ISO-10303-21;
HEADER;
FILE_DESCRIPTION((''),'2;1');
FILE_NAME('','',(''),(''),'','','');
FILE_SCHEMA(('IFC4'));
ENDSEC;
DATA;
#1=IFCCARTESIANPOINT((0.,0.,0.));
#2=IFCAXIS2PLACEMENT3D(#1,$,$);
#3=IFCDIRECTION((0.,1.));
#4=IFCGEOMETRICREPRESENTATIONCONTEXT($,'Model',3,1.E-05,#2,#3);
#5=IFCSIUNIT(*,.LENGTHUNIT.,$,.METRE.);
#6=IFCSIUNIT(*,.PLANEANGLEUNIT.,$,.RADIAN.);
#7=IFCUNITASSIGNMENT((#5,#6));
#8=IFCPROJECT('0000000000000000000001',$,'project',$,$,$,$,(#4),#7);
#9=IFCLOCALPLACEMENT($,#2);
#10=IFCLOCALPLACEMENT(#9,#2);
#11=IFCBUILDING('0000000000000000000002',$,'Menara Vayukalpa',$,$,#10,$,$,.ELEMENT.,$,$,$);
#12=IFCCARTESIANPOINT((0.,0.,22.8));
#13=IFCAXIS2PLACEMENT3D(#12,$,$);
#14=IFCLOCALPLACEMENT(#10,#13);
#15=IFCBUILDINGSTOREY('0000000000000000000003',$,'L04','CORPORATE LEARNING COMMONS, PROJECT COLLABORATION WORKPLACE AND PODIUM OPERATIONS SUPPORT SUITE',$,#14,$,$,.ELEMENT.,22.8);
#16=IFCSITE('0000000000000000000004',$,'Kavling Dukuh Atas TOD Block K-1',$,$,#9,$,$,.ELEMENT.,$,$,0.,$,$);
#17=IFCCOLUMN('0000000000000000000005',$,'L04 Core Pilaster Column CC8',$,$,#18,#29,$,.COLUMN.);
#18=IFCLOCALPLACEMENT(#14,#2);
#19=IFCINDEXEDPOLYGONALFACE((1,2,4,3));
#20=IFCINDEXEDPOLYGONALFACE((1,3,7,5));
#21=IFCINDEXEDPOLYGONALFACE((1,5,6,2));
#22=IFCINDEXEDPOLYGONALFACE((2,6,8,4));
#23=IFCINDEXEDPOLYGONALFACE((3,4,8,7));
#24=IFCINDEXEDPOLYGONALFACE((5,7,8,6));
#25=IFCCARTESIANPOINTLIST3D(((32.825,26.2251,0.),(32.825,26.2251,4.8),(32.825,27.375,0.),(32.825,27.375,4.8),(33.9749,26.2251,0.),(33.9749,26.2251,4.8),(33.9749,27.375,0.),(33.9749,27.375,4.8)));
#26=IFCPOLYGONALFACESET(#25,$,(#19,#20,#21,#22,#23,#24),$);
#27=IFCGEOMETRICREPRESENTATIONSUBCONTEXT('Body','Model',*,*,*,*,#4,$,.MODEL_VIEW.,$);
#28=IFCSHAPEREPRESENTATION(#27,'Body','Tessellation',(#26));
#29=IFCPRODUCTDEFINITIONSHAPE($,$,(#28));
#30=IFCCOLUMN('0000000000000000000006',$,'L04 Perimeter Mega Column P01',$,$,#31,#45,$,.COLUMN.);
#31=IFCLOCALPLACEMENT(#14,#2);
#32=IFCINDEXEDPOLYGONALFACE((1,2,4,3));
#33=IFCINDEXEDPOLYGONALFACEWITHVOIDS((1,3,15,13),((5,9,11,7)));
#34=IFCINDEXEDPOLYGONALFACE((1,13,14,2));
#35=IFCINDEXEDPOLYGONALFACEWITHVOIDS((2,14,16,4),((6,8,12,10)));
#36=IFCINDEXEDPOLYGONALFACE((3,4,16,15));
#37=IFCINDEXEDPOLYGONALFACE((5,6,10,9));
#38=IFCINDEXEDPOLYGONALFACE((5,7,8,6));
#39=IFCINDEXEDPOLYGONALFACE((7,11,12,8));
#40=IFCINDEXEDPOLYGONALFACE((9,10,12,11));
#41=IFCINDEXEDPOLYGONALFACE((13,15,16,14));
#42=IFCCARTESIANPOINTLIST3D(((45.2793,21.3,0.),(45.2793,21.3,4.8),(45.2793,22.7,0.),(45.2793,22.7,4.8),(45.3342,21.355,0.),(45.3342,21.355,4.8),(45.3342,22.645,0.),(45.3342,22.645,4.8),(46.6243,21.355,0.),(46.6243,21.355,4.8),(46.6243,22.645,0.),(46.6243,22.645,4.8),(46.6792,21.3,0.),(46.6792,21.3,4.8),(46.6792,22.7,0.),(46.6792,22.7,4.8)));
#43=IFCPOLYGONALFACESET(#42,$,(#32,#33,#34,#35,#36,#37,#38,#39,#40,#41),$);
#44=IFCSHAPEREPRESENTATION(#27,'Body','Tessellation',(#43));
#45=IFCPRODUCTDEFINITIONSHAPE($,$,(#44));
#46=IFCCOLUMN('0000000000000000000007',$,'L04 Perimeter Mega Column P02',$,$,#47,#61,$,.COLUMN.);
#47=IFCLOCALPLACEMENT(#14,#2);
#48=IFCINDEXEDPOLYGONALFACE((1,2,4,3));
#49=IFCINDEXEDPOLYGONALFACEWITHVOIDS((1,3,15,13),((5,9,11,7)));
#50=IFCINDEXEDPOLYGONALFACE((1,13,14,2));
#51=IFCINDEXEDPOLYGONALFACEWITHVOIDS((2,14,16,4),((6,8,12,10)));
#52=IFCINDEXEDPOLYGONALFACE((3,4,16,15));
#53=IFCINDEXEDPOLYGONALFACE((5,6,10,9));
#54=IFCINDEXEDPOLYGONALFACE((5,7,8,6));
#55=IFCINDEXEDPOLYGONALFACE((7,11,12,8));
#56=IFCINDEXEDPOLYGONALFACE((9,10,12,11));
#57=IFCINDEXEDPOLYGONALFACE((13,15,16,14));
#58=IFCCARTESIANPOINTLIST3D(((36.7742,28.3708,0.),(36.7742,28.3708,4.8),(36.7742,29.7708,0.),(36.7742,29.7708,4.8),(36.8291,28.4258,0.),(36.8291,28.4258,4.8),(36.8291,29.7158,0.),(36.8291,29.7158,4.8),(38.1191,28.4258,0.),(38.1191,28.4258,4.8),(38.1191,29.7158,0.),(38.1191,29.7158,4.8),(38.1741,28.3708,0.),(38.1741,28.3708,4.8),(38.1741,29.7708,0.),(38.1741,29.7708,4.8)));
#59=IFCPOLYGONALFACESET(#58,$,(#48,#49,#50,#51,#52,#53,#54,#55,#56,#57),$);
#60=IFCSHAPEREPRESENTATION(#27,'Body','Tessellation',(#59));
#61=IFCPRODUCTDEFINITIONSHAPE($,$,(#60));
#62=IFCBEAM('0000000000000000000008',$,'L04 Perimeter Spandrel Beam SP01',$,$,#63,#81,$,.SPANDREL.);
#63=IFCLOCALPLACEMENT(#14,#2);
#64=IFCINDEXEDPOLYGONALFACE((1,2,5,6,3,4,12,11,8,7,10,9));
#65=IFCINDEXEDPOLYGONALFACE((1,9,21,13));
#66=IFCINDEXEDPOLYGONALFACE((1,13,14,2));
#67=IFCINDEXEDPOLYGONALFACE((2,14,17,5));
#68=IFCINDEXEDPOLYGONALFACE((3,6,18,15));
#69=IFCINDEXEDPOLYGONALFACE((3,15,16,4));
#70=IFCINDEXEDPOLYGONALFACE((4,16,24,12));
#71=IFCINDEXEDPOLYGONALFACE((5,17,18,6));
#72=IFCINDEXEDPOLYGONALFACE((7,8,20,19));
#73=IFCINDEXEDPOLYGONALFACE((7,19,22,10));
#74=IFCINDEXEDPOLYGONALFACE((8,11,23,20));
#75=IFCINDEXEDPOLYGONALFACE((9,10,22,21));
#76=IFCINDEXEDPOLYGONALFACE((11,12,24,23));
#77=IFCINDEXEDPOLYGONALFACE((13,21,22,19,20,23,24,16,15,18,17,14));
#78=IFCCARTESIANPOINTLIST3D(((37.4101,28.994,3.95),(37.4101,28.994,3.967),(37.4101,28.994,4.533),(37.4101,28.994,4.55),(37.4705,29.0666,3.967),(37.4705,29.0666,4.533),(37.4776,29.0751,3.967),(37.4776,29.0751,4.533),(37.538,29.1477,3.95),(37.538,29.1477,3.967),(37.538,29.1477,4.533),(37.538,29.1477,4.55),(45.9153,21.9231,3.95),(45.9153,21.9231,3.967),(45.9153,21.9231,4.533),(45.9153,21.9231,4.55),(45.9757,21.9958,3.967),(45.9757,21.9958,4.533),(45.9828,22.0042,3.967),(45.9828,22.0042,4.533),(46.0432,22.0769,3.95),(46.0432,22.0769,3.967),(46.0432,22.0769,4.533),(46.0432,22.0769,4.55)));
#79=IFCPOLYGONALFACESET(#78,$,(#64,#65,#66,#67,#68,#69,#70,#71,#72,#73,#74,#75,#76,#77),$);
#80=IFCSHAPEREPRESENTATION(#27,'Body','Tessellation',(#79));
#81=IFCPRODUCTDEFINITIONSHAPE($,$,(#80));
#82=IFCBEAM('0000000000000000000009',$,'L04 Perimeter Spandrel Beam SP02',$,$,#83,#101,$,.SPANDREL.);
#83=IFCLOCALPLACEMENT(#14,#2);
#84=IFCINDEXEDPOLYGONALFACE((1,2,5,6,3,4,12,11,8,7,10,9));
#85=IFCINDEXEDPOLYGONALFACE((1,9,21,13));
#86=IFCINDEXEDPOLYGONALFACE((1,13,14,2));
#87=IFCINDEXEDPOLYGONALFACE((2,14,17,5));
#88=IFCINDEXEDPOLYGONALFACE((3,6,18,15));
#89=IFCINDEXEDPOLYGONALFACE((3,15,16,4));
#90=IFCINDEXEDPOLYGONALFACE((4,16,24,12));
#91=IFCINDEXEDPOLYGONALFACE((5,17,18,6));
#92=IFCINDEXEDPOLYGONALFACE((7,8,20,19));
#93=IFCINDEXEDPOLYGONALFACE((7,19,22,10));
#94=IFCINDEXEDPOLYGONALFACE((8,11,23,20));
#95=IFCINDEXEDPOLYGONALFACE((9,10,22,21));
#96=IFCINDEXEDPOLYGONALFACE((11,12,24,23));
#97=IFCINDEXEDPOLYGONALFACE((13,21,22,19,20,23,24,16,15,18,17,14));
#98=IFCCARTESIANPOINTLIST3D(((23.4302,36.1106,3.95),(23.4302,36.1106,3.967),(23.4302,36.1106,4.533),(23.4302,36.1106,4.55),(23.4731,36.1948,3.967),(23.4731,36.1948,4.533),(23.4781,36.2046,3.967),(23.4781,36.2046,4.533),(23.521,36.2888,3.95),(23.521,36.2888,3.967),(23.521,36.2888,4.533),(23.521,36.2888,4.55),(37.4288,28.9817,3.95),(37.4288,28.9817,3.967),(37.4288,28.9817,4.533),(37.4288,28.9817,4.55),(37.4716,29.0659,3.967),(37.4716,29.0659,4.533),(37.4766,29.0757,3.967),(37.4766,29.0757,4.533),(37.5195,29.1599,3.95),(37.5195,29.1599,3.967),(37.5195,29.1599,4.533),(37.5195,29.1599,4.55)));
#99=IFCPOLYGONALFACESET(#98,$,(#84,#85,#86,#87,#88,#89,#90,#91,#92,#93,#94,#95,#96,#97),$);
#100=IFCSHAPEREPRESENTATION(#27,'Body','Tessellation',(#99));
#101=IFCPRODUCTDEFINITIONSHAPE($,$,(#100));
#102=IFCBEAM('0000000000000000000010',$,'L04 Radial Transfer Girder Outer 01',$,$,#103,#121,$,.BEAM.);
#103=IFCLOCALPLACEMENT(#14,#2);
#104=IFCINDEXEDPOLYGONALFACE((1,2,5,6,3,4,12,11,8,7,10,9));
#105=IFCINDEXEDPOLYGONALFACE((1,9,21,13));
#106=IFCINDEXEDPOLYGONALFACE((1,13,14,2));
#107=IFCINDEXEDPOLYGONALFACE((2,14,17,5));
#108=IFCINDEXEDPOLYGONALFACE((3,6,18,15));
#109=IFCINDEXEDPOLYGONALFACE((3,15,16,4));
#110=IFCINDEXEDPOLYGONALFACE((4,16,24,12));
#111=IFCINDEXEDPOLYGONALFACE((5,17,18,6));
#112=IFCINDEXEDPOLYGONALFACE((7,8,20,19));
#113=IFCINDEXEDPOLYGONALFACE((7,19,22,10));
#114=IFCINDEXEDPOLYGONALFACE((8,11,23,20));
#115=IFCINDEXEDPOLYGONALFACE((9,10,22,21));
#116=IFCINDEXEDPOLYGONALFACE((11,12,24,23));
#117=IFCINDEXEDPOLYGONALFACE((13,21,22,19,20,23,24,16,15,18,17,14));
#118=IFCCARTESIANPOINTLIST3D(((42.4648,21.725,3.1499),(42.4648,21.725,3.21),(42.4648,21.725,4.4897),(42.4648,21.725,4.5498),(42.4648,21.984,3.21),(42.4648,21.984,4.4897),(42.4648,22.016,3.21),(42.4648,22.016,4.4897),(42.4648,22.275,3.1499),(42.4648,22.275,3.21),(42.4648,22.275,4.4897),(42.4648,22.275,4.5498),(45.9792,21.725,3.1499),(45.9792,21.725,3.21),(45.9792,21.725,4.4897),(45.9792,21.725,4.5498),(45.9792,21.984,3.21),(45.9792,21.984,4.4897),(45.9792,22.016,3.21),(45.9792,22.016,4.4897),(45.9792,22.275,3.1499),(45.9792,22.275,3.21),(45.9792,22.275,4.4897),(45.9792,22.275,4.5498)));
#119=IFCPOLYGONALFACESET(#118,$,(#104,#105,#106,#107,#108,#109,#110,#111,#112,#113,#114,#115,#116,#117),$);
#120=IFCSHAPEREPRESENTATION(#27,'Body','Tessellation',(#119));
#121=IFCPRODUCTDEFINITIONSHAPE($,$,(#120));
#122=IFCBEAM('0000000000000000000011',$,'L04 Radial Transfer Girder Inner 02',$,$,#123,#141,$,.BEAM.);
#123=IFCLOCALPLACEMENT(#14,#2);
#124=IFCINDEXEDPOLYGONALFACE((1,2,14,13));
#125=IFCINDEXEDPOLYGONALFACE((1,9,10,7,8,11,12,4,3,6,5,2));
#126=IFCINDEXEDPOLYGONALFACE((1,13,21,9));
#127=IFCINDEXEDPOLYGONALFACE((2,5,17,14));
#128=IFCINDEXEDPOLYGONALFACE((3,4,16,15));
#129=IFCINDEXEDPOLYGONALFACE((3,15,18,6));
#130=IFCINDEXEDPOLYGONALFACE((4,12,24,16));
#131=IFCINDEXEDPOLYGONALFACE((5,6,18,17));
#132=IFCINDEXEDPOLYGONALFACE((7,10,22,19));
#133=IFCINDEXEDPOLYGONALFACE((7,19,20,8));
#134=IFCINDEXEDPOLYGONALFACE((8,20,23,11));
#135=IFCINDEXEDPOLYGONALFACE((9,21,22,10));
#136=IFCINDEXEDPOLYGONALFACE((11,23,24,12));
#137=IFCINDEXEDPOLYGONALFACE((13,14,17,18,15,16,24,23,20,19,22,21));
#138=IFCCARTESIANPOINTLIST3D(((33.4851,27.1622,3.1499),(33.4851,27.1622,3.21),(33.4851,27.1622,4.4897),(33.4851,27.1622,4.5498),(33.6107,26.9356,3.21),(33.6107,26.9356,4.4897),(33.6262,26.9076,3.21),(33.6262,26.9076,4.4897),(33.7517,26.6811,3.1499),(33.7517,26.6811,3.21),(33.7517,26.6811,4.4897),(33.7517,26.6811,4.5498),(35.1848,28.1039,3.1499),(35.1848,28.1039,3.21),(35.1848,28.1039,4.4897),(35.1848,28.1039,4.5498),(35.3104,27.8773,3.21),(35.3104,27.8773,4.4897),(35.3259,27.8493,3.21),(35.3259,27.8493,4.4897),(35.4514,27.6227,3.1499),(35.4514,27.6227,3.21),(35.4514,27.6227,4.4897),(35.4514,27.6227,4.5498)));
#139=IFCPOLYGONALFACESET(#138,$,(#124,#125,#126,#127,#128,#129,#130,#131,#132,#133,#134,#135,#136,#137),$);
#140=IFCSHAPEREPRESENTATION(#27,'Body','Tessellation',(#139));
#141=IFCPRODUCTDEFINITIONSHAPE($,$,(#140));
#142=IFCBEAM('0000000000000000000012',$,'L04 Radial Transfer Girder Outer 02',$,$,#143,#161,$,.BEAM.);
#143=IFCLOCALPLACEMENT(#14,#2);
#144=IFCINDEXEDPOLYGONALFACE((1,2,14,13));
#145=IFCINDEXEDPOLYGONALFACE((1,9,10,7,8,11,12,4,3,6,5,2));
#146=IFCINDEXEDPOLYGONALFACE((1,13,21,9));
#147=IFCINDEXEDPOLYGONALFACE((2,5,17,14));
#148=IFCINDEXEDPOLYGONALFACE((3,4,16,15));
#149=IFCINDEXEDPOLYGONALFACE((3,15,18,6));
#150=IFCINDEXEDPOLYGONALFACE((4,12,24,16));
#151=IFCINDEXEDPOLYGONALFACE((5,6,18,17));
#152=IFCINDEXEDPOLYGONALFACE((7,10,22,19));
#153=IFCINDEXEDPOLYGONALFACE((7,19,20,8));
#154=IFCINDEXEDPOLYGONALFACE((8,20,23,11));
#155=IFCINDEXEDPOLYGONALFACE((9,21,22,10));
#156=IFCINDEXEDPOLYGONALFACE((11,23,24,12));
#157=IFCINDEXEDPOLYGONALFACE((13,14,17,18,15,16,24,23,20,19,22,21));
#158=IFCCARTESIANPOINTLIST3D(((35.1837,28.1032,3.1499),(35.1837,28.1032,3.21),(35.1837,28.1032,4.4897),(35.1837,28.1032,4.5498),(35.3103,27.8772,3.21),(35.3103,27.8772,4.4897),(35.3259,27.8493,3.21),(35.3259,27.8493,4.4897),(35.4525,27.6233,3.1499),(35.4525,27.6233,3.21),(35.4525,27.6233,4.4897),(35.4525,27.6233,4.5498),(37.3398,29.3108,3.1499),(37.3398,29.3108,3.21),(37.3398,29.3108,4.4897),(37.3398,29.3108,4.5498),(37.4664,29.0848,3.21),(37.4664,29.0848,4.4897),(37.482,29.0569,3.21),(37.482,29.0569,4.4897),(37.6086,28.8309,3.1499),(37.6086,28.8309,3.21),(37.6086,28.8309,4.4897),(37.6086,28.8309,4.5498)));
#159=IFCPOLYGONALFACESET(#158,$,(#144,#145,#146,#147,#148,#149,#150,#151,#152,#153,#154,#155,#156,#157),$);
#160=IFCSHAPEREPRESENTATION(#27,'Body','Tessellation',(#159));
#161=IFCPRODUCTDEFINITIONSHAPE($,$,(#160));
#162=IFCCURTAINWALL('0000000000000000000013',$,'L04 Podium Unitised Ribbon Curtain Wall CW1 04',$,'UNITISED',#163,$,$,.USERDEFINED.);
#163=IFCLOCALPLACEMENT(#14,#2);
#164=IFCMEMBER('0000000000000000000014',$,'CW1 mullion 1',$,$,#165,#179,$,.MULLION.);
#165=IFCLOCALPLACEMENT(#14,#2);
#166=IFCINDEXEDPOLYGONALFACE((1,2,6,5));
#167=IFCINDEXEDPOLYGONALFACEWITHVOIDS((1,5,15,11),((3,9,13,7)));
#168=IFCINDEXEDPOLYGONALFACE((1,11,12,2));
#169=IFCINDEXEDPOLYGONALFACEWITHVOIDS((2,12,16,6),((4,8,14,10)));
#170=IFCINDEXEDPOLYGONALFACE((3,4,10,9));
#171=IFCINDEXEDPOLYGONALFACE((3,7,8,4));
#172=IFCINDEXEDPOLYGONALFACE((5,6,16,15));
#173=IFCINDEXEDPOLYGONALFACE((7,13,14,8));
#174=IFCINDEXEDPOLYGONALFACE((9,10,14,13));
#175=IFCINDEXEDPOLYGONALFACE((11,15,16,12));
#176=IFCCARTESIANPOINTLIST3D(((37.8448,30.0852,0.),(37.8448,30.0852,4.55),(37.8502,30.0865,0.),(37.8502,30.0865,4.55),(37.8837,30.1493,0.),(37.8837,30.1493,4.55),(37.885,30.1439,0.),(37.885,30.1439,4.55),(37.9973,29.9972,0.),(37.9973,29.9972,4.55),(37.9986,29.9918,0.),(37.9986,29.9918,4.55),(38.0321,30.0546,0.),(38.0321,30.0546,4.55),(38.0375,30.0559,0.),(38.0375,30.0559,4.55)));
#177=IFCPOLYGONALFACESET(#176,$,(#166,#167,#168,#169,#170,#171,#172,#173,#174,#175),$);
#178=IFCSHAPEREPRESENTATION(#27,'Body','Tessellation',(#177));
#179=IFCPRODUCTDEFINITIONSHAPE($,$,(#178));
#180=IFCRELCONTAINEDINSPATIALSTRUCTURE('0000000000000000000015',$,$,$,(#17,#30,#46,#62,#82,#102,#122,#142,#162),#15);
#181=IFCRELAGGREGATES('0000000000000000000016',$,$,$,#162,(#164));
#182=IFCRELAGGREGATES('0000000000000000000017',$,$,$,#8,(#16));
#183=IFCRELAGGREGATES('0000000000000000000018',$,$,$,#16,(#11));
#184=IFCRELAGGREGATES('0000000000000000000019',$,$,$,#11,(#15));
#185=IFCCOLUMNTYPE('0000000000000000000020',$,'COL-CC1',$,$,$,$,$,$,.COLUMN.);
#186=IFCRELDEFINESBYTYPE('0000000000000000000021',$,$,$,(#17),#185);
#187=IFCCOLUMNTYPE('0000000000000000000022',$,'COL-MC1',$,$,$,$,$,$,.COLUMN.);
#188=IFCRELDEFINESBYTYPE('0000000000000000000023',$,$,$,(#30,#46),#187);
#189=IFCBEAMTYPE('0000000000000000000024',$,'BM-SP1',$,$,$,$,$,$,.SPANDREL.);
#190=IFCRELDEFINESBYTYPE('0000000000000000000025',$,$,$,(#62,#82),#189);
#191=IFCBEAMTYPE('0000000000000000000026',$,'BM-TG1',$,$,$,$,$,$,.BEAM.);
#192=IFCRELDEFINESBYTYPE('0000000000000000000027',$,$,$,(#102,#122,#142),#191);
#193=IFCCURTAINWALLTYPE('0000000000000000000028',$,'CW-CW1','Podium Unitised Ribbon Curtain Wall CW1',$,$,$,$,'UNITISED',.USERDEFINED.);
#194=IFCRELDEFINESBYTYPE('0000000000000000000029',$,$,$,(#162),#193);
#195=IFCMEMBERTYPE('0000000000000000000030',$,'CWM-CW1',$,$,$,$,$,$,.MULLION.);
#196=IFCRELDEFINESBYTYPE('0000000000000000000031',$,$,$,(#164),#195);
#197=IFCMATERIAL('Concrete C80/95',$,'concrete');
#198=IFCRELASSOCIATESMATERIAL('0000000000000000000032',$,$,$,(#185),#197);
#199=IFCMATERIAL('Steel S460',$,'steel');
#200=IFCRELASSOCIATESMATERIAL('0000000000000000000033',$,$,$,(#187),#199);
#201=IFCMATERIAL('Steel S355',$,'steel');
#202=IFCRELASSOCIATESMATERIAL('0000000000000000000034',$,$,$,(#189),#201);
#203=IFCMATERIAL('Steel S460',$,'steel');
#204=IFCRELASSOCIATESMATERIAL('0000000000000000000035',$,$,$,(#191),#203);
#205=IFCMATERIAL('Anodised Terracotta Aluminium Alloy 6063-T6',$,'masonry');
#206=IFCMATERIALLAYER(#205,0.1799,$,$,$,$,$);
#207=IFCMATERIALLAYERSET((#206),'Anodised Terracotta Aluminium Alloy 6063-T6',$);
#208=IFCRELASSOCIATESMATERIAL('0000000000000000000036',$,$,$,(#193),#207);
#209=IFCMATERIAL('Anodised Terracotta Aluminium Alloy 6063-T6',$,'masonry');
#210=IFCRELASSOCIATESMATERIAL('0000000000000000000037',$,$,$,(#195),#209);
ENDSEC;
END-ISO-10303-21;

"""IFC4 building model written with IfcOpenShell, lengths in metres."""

from ifc_helpers import new_model, si_unit, direction, frame, origin, origin_2d, place, context, subcontext, project, spatial, rectangle, hollow_rectangle, i_section, extrude, material, layer, layer_set, material_profile, profile_set, type_object, element, aggregate, save


model = new_model("IFC4")

# Units and contexts
model_context = context("Model", 3, precision=1e-05, world=origin(), true_north=direction((0.0, 1.0)))
body_context = subcontext(model_context, "Body", "Model", "MODEL_VIEW")
ifc_project = project(units=[si_unit("LENGTHUNIT", "METRE"), si_unit("PLANEANGLEUNIT", "RADIAN")], contexts=[model_context])

# Site, building, storey
site_placement = place(None, origin())
site = spatial("IfcSite", under=ifc_project, at=site_placement, Name="Kavling Dukuh Atas TOD Block K-1", CompositionType="ELEMENT", RefElevation=0.0)
building_placement = place(site_placement, origin())
building = spatial("IfcBuilding", under=site, at=building_placement, Name="Menara Vayukalpa", CompositionType="ELEMENT")
storey_placement = place(building_placement, frame((0.0, 0.0, 22.8)))
storey = spatial("IfcBuildingStorey", under=building, at=storey_placement, Name="L04", Description="CORPORATE LEARNING COMMONS, PROJECT COLLABORATION WORKPLACE AND PODIUM OPERATIONS SUPPORT SUITE", CompositionType="ELEMENT", Elevation=22.8)

# Columns
ifc_material_1 = material(Name="Concrete C80/95", Category="concrete")
ifc_material_profile_1 = material_profile(ifc_material_1, rectangle(XDim=1.1499, YDim=1.1499, at=origin_2d()), Name="RC 1150x1150")
ifc_profile_set_1 = profile_set([ifc_material_profile_1], Name="Concrete C80/95")
column_type_1 = type_object("IfcColumnType", Name="COL-CC1", PredefinedType="COLUMN", material=ifc_profile_set_1)
column_placement = place(storey_placement, frame((33.3999, 26.8, 0.0), z_axis=(0.0, 0.0, 1.0), x_axis=(1.0, 0.0, 0.0)))
element("IfcColumn", 1, at=column_placement, inside=storey, type_object=column_type_1, Name="L04 Core Pilaster Column CC8", PredefinedType="COLUMN", context=body_context, shape_type="SweptSolid", body=[
    extrude(rectangle(XDim=1.1499, YDim=1.1499, at=origin_2d()), origin(), (0.0, 0.0, 1.0), 4.8),
])
ifc_material_2 = material(Name="Steel S460", Category="steel")
ifc_material_profile_2 = material_profile(ifc_material_2, hollow_rectangle(XDim=1.3999, YDim=1.3999, WallThickness=0.0549, at=origin_2d()), Name="BOX 1400x1400x55")
ifc_profile_set_2 = profile_set([ifc_material_profile_2], Name="Steel S460")
column_type_2 = type_object("IfcColumnType", Name="COL-MC1", PredefinedType="COLUMN", material=ifc_profile_set_2)
for number, where, z_axis, x_axis, name in (
    (2, (45.9792, 22.0, 0.0), (0.0, 0.0, 1.0), (1.0, 0.0, 0.0), "L04 Perimeter Mega Column P01"),
    (3, (37.4741, 29.0708, 0.0), (0.0, 0.0, 1.0), (1.0, 0.0, 0.0), "L04 Perimeter Mega Column P02"),
):
    element("IfcColumn", number, at=place(storey_placement, frame(where, z_axis=z_axis, x_axis=x_axis)), inside=storey, type_object=column_type_2, Name=name, PredefinedType="COLUMN", context=body_context, shape_type="SweptSolid", body=[
        extrude(hollow_rectangle(XDim=1.3999, YDim=1.3999, WallThickness=0.0549, at=origin_2d()), origin(), (0.0, 0.0, 1.0), 4.8),
    ])

# Beams
ifc_material_3 = material(Name="Steel S355", Category="steel")
ifc_material_profile_3 = material_profile(ifc_material_3, i_section(OverallWidth=0.2, OverallDepth=0.6001, WebThickness=0.011, FlangeThickness=0.0171, at=origin_2d()), Name="WF 600x200x11x17")
ifc_profile_set_3 = profile_set([ifc_material_profile_3], Name="Steel S355")
beam_type_1 = type_object("IfcBeamType", Name="BM-SP1", PredefinedType="SPANDREL", material=ifc_profile_set_3)
beam_1_placement = place(storey_placement, frame((45.9792, 22.0, 4.25), z_axis=(-0.768968, 0.639287, 0.0), x_axis=(-0.639287, -0.768968, 0.0)))
element("IfcBeam", 4, at=beam_1_placement, inside=storey, type_object=beam_type_1, Name="L04 Perimeter Spandrel Beam SP01", PredefinedType="SPANDREL", context=body_context, shape_type="SweptSolid", body=[
    extrude(i_section(OverallWidth=0.2, OverallDepth=0.6001, WebThickness=0.011, FlangeThickness=0.0171, at=origin_2d()), origin(), (0.0, 0.0, 1.0), 11.0605),
])
beam_2_placement = place(storey_placement, frame((37.4741, 29.0708, 4.25), z_axis=(-0.891102, 0.453803, 0.0), x_axis=(-0.453803, -0.891102, 0.0)))
element("IfcBeam", 5, at=beam_2_placement, inside=storey, type_object=beam_type_1, Name="L04 Perimeter Spandrel Beam SP02", PredefinedType="SPANDREL", context=body_context, shape_type="SweptSolid", body=[
    extrude(i_section(OverallWidth=0.2, OverallDepth=0.6001, WebThickness=0.011, FlangeThickness=0.0171, at=origin_2d()), origin(), (0.0, 0.0, 1.0), 15.7092),
])
ifc_material_4 = material(Name="Steel S460", Category="steel")
ifc_material_profile_4 = material_profile(ifc_material_4, i_section(OverallWidth=0.55, OverallDepth=1.3999, WebThickness=0.032, FlangeThickness=0.0601, at=origin_2d()), Name="WG 1400x550x32x60")
ifc_profile_set_4 = profile_set([ifc_material_profile_4], Name="Steel S460")
beam_type_2 = type_object("IfcBeamType", Name="BM-TG1", PredefinedType="BEAM", material=ifc_profile_set_4)
beam_3_placement = place(storey_placement, frame((42.4648, 22.0, 3.8499), z_axis=(1.0, 0.0, 0.0), x_axis=(0.0, 1.0, 0.0)))
element("IfcBeam", 6, at=beam_3_placement, inside=storey, type_object=beam_type_2, Name="L04 Radial Transfer Girder Outer 01", PredefinedType="BEAM", context=body_context, shape_type="SweptSolid", body=[
    extrude(i_section(OverallWidth=0.55, OverallDepth=1.3999, WebThickness=0.032, FlangeThickness=0.0601, at=origin_2d()), origin(), (0.0, 0.0, 1.0), 3.5144),
])
beam_4_placement = place(storey_placement, frame((33.6184, 26.9216, 3.8499), z_axis=(0.874732, 0.484608, 0.0), x_axis=(-0.484608, 0.874732, 0.0)))
element("IfcBeam", 7, at=beam_4_placement, inside=storey, type_object=beam_type_2, Name="L04 Radial Transfer Girder Inner 02", PredefinedType="BEAM", context=body_context, shape_type="SweptSolid", body=[
    extrude(i_section(OverallWidth=0.55, OverallDepth=1.3999, WebThickness=0.032, FlangeThickness=0.0601, at=origin_2d()), origin(), (0.0, 0.0, 1.0), 1.9431),
])
beam_5_placement = place(storey_placement, frame((35.3181, 27.8633, 3.8499), z_axis=(0.872479, 0.488652, 0.0), x_axis=(-0.488652, 0.872479, 0.0)))
element("IfcBeam", 8, at=beam_5_placement, inside=storey, type_object=beam_type_2, Name="L04 Radial Transfer Girder Outer 02", PredefinedType="BEAM", context=body_context, shape_type="SweptSolid", body=[
    extrude(i_section(OverallWidth=0.55, OverallDepth=1.3999, WebThickness=0.032, FlangeThickness=0.0601, at=origin_2d()), origin(), (0.0, 0.0, 1.0), 2.4712),
])

# Curtain wall, member
ifc_material_5 = material(Name="Anodised Terracotta Aluminium Alloy 6063-T6", Category="masonry")
ifc_layer_1 = layer(ifc_material_5, 0.1799)
ifc_layer_set_1 = layer_set([ifc_layer_1], Name="Anodised Terracotta Aluminium Alloy 6063-T6")
curtain_wall_type = type_object("IfcCurtainWallType", Name="CW-CW1", Description="Podium Unitised Ribbon Curtain Wall CW1", ElementType="UNITISED", PredefinedType="USERDEFINED", material=ifc_layer_set_1)
curtain_wall_placement = place(storey_placement, origin())
curtain_wall = element("IfcCurtainWall", 9, at=curtain_wall_placement, inside=storey, type_object=curtain_wall_type, Name="L04 Podium Unitised Ribbon Curtain Wall CW1 04", ObjectType="UNITISED", PredefinedType="USERDEFINED")
ifc_material_6 = material(Name="Anodised Terracotta Aluminium Alloy 6063-T6", Category="masonry")
ifc_material_profile_5 = material_profile(ifc_material_6, hollow_rectangle(XDim=0.075, YDim=0.1799, WallThickness=0.0039, at=origin_2d()), Name="ALU 75x180x4")
ifc_profile_set_5 = profile_set([ifc_material_profile_5], Name="Anodised Terracotta Aluminium Alloy 6063-T6")
member_type_1 = type_object("IfcMemberType", Name="CWM-CW1", PredefinedType="MULLION", material=ifc_profile_set_5)
member_1_placement = place(storey_placement, frame((37.9412, 30.0706, 0.0), z_axis=(0.0, 0.0, 1.0), x_axis=(-0.51918, -0.854665, 0.0)))
member_1 = element("IfcMember", 10, at=member_1_placement, type_object=member_type_1, Name="CW1 mullion 1", PredefinedType="MULLION", context=body_context, shape_type="SweptSolid", body=[
    extrude(hollow_rectangle(XDim=0.075, YDim=0.1799, WallThickness=0.0039, at=origin_2d()), origin(), (0.0, 0.0, 1.0), 4.55),
])
aggregate(curtain_wall, [member_1])

save(model, "model.ifc")
